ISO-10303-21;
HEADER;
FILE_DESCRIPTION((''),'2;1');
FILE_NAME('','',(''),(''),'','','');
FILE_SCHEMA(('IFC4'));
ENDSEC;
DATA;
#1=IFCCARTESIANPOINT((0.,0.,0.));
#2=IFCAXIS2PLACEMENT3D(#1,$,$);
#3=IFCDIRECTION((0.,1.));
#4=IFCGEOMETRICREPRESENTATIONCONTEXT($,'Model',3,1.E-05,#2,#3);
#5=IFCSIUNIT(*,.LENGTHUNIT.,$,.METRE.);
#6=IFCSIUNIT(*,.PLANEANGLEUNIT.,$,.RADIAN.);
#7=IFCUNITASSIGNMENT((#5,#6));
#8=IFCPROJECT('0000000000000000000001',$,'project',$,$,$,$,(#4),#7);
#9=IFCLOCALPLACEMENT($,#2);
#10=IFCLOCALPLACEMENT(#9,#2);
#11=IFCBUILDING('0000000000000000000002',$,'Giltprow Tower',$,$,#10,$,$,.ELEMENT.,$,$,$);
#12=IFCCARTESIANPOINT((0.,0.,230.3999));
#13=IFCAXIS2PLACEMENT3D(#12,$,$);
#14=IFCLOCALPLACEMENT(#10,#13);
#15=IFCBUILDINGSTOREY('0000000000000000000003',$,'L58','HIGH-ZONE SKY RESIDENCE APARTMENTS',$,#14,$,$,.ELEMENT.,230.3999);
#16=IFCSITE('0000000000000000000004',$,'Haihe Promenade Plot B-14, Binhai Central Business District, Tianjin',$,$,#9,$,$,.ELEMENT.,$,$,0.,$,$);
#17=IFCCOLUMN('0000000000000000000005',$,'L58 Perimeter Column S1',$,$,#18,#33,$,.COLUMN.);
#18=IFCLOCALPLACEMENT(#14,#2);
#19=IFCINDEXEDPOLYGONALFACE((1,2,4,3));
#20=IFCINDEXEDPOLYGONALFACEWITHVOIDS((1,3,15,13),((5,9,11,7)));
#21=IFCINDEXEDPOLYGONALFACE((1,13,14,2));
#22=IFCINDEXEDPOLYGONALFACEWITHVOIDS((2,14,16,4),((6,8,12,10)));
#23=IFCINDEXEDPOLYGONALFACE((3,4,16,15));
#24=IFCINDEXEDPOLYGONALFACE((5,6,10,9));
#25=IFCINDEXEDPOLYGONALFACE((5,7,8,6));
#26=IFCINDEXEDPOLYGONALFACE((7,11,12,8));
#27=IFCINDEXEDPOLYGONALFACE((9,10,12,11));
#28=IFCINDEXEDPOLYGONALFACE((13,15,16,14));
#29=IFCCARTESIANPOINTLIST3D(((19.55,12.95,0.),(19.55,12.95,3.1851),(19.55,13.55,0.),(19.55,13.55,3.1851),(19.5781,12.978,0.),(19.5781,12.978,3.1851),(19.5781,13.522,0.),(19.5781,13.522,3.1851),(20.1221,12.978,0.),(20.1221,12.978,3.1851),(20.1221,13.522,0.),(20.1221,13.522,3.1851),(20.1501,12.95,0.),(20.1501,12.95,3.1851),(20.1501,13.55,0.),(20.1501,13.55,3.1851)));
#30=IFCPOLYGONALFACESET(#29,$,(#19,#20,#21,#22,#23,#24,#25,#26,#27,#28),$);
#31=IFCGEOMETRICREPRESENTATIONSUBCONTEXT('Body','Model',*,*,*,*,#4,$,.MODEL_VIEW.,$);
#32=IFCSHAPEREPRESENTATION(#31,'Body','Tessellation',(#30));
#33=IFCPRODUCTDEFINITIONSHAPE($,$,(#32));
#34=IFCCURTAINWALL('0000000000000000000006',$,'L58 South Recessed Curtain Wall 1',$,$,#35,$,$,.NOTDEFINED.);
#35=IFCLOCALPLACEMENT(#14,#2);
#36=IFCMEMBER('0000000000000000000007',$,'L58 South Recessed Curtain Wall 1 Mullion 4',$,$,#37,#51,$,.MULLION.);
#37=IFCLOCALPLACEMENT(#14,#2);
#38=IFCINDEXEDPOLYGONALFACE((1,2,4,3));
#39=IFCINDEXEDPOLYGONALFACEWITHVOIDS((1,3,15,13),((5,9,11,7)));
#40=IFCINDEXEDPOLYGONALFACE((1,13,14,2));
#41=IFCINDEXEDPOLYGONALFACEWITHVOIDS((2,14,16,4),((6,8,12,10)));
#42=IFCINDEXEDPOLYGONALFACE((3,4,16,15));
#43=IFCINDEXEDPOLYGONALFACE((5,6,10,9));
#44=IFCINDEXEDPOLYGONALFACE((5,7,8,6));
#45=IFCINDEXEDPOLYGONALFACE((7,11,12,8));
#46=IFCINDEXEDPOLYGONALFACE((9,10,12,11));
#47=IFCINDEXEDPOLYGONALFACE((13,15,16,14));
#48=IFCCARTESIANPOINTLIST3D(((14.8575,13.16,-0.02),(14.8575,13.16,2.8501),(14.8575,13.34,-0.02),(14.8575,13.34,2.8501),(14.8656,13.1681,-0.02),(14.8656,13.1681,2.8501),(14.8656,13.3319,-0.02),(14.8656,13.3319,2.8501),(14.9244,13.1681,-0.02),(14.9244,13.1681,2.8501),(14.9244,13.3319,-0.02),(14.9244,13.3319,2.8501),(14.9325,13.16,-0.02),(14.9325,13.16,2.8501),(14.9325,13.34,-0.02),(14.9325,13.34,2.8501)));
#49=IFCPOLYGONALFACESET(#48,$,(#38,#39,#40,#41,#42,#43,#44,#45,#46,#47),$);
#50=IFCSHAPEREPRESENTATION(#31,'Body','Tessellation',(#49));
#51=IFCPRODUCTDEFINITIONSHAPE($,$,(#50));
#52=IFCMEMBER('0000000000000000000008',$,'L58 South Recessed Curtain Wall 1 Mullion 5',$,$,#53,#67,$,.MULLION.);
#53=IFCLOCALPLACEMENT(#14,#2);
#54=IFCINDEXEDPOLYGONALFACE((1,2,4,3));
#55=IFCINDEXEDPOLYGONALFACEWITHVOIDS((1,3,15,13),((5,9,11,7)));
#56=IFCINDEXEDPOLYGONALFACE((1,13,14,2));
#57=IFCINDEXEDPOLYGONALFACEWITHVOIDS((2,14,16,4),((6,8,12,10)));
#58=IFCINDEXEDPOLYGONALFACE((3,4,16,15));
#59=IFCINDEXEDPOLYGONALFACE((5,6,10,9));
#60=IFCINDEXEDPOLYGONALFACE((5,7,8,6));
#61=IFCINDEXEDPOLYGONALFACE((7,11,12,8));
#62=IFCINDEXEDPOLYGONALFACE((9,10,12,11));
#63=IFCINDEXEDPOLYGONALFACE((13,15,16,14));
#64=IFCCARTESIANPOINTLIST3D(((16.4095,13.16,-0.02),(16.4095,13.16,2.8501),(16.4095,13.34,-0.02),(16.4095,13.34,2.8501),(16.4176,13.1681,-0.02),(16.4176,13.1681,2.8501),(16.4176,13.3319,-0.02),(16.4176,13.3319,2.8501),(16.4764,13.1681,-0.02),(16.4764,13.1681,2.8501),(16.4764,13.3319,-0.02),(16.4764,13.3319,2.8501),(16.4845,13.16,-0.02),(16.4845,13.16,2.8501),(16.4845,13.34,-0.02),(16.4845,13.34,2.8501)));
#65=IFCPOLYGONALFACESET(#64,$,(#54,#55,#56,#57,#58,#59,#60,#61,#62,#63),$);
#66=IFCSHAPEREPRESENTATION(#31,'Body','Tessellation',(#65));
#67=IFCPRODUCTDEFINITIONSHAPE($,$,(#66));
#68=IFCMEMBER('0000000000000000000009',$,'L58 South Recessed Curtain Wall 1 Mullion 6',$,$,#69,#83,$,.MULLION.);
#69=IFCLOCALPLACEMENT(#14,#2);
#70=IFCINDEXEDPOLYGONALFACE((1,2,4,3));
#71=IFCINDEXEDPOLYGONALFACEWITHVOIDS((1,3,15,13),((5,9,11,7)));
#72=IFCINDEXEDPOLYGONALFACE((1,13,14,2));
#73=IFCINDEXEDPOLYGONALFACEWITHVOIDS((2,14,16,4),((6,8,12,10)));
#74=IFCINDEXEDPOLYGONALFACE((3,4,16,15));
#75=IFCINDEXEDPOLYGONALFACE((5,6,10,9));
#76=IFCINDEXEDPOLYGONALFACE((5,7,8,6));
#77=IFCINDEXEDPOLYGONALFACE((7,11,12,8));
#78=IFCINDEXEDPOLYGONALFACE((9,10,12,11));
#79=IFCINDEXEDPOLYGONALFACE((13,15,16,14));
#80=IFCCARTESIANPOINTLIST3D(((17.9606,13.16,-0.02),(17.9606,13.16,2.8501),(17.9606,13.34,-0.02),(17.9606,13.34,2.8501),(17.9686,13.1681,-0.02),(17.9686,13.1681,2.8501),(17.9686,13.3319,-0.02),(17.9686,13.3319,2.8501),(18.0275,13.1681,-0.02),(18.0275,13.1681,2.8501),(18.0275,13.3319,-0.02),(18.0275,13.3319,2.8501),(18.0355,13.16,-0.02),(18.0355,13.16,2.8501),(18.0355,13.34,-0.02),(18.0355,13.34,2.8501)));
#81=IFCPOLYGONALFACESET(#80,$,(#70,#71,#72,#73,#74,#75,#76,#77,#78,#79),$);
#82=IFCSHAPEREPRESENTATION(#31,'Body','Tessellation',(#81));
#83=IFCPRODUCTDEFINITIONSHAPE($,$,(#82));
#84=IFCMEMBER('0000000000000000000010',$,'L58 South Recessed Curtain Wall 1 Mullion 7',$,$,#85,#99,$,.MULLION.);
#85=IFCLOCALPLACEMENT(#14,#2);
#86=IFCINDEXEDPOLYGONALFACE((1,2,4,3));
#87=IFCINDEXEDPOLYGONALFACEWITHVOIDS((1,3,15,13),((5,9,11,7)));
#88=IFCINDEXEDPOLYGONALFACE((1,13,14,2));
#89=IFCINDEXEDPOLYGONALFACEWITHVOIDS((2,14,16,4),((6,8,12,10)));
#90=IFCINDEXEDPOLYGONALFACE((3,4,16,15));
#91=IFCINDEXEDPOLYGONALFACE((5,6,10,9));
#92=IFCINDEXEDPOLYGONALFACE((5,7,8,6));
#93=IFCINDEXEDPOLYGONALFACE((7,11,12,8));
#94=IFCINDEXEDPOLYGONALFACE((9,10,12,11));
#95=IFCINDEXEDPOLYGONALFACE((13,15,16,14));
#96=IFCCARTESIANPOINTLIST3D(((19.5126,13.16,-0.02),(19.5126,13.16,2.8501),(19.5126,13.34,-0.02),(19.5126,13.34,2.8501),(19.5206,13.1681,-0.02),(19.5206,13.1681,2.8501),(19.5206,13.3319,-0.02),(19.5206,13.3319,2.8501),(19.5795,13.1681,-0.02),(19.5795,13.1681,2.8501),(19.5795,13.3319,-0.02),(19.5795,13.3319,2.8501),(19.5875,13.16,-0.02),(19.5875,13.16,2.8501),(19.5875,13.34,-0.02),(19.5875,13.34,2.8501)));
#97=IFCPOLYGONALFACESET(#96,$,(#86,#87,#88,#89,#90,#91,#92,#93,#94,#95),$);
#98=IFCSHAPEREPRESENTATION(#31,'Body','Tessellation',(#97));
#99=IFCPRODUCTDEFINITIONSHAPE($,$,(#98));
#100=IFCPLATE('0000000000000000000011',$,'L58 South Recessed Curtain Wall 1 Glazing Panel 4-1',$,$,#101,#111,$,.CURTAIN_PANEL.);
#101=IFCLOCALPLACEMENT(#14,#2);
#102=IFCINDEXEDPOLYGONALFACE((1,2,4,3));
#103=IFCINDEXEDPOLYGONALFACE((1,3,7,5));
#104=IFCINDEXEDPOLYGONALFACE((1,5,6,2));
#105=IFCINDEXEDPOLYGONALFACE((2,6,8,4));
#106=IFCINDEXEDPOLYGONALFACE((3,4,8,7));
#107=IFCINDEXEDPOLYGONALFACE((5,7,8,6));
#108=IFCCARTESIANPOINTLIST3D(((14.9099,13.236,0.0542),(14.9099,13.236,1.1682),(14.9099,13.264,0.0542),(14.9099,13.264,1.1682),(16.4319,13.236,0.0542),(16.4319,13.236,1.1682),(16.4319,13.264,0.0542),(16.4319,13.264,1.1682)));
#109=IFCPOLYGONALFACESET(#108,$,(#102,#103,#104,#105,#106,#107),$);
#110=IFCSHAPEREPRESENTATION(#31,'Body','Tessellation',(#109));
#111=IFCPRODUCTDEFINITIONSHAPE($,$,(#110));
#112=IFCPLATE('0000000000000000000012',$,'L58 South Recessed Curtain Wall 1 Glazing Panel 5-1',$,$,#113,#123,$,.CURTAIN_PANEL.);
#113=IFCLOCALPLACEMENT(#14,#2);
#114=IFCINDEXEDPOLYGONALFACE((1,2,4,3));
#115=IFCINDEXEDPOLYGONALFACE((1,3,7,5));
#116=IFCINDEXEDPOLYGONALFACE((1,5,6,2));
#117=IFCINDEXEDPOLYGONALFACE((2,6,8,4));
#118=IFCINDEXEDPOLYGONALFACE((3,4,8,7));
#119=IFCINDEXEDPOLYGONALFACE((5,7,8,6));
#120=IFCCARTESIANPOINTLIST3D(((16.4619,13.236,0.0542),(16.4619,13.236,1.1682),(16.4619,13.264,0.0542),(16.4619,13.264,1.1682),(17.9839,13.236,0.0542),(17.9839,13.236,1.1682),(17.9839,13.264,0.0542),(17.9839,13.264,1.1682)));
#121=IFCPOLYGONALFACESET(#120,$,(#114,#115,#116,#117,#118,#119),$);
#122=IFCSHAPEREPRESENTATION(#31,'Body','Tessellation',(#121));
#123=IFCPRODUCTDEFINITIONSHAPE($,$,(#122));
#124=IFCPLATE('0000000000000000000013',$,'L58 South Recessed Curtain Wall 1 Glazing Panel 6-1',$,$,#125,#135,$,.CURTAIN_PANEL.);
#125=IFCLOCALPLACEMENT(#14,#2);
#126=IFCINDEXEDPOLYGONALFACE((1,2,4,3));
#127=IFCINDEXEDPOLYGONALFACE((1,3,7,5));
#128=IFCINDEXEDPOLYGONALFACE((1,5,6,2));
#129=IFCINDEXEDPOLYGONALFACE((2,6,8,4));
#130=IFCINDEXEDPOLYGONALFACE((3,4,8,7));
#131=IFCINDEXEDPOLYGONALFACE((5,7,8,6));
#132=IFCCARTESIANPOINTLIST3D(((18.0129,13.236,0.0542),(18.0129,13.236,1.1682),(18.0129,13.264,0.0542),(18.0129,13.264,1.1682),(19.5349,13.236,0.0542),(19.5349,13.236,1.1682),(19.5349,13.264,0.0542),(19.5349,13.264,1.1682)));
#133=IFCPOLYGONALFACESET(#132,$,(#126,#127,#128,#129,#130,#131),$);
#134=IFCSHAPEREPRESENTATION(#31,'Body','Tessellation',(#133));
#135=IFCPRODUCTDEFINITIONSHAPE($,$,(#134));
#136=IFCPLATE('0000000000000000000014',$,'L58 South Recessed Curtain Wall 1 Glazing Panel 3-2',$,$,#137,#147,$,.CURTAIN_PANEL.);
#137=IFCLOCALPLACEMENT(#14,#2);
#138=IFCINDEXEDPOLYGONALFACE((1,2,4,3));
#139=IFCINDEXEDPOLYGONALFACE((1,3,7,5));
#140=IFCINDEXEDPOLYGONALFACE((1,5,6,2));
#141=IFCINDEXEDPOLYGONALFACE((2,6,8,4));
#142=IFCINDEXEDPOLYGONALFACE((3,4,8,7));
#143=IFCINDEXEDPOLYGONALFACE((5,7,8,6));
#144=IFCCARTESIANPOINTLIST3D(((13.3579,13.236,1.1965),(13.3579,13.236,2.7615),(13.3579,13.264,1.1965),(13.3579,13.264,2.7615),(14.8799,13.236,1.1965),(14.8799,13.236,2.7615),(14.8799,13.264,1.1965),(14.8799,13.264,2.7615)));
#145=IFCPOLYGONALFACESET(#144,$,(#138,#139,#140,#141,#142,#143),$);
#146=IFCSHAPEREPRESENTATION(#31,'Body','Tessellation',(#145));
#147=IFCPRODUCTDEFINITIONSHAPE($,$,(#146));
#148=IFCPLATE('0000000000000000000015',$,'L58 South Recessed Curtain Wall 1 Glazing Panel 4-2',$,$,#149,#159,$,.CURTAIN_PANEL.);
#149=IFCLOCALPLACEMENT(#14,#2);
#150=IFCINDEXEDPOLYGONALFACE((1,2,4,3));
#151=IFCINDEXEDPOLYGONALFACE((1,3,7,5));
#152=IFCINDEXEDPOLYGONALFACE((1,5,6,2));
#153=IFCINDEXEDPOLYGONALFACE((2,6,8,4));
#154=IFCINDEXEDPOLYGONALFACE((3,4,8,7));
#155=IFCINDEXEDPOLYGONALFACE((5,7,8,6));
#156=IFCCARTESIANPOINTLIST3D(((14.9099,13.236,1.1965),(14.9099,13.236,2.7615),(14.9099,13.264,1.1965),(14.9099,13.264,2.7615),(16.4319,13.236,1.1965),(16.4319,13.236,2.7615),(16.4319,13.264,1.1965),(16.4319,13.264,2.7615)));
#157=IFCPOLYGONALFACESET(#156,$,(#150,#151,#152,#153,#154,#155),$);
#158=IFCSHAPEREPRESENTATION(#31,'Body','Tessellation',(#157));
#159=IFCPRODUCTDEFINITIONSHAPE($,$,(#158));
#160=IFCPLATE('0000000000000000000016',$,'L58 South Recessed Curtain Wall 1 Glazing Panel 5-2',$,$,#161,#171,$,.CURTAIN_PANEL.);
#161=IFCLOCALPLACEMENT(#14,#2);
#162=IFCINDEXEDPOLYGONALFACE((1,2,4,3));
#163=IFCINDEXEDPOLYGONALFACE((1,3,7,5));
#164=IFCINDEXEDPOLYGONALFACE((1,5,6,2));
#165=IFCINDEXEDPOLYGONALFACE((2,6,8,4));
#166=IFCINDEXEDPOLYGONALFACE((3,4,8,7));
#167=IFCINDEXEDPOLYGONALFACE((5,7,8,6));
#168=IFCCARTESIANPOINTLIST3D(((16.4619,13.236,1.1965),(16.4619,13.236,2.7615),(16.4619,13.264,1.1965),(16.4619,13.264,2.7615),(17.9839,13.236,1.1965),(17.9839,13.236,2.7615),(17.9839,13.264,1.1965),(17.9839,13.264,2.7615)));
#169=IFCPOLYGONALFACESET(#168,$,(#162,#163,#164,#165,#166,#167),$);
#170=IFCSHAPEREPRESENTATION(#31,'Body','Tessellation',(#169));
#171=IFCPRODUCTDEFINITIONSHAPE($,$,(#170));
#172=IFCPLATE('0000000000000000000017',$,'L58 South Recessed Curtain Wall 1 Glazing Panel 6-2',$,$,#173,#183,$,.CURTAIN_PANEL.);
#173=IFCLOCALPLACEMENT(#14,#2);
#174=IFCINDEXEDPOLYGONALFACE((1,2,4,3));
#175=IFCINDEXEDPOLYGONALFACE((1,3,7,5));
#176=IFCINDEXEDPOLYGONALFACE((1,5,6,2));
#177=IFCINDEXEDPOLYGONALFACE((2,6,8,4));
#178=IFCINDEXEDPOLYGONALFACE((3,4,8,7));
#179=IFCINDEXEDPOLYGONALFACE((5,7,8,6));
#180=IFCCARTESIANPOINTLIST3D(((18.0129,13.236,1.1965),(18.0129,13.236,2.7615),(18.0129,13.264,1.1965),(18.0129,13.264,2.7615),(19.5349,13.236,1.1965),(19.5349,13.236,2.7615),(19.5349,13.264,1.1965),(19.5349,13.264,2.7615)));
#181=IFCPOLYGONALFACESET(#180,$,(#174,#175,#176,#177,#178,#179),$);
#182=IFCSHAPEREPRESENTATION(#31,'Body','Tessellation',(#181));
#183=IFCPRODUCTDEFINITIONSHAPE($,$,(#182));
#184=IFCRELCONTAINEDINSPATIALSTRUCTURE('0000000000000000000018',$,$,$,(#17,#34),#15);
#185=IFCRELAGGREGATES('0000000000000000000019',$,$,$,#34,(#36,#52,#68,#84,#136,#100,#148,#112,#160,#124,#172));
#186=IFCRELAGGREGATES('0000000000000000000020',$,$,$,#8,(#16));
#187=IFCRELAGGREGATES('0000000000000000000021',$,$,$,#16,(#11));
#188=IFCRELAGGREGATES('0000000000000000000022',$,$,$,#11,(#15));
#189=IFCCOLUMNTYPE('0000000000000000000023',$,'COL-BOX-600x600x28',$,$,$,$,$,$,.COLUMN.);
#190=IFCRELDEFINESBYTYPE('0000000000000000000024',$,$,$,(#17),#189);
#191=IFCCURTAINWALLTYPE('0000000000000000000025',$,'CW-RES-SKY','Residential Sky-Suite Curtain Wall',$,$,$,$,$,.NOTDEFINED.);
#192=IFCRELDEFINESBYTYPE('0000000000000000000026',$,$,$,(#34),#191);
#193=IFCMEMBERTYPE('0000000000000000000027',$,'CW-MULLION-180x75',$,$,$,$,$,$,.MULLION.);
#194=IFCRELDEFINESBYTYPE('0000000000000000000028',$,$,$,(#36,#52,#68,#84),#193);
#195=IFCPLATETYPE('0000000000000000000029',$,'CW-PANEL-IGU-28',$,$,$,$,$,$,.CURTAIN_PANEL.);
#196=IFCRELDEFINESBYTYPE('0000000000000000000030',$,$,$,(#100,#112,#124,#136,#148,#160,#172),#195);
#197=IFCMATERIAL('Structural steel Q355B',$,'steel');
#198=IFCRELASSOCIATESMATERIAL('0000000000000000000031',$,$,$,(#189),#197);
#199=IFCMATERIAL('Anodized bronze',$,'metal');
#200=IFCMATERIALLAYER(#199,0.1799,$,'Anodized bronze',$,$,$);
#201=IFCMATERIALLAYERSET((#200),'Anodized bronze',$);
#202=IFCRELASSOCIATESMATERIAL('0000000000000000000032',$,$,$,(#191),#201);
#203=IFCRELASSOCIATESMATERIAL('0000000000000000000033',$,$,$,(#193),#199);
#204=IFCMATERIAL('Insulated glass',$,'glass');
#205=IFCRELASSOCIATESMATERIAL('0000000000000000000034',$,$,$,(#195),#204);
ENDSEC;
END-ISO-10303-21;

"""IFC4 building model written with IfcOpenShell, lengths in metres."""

from ifc_helpers import new_model, si_unit, direction, frame, origin, origin_2d, place, context, subcontext, project, spatial, rectangle, hollow_rectangle, extrude, source, transform, mapped, material, layer, layer_set, material_profile, profile_set, type_object, element, aggregate, save


model = new_model("IFC4")

# Units and contexts
model_context = context("Model", 3, precision=1e-05, world=origin(), true_north=direction((0.0, 1.0)))
body_context = subcontext(model_context, "Body", "Model", "MODEL_VIEW")
ifc_project = project(units=[si_unit("LENGTHUNIT", "METRE"), si_unit("PLANEANGLEUNIT", "RADIAN")], contexts=[model_context])

# Site, building, storey
site_placement = place(None, origin())
site = spatial("IfcSite", under=ifc_project, at=site_placement, Name="Haihe Promenade Plot B-14, Binhai Central Business District, Tianjin", CompositionType="ELEMENT", RefElevation=0.0)
building_placement = place(site_placement, origin())
building = spatial("IfcBuilding", under=site, at=building_placement, Name="Giltprow Tower", CompositionType="ELEMENT")
storey_placement = place(building_placement, frame((0.0, 0.0, 230.3999)))
storey = spatial("IfcBuildingStorey", under=building, at=storey_placement, Name="L58", Description="HIGH-ZONE SKY RESIDENCE APARTMENTS", CompositionType="ELEMENT", Elevation=230.3999)

# Column
ifc_material_1 = material(Name="Structural steel Q355B", Category="steel")
ifc_material_profile_1 = material_profile(ifc_material_1, hollow_rectangle(XDim=0.6001, YDim=0.6001, WallThickness=0.0281, at=origin_2d()), Name="BOX 600x600x28")
ifc_profile_set_1 = profile_set([ifc_material_profile_1], Name="Structural steel Q355B")
column_type = type_object("IfcColumnType", Name="COL-BOX-600x600x28", PredefinedType="COLUMN", material=ifc_profile_set_1)
shared_shape_1 = source(origin(), body_context, "Body", "SweptSolid", [
    extrude(hollow_rectangle(XDim=0.6001, YDim=0.6001, WallThickness=0.0281, at=origin_2d()), origin(), (0.0, 0.0, 1.0), 3.1851),
])
column_placement = place(storey_placement, frame((19.8501, 13.25, 0.0), z_axis=(0.0, 0.0, 1.0), x_axis=(1.0, 0.0, 0.0)))
element("IfcColumn", 1, at=column_placement, inside=storey, type_object=column_type, Name="L58 Perimeter Column S1", PredefinedType="COLUMN", context=body_context, shape_type="MappedRepresentation", body=[
    mapped(shared_shape_1, transform((0.0, 0.0, 0.0), x_axis=(1.0, 0.0, 0.0), y_axis=(0.0, 1.0, 0.0), z_axis=(0.0, 0.0, 1.0), scale=1.0)),
])

# Curtain wall, members, plates
ifc_material_2 = material(Name="Anodized bronze", Category="metal")
ifc_layer = layer(ifc_material_2, 0.1799, Name="Anodized bronze")
ifc_layer_set = layer_set([ifc_layer], Name="Anodized bronze")
curtain_wall_type = type_object("IfcCurtainWallType", Name="CW-RES-SKY", Description="Residential Sky-Suite Curtain Wall", PredefinedType="NOTDEFINED", material=ifc_layer_set)
curtain_wall_placement = place(storey_placement, origin())
curtain_wall = element("IfcCurtainWall", 2, at=curtain_wall_placement, inside=storey, type_object=curtain_wall_type, Name="L58 South Recessed Curtain Wall 1", PredefinedType="NOTDEFINED")
ifc_material_profile_2 = material_profile(ifc_material_2, hollow_rectangle(XDim=0.075, YDim=0.1799, WallThickness=0.0081, at=origin_2d()), Name="RHS 180x75x8")
ifc_profile_set_2 = profile_set([ifc_material_profile_2], Name="Anodized bronze")
member_type = type_object("IfcMemberType", Name="CW-MULLION-180x75", PredefinedType="MULLION", material=ifc_profile_set_2)
shared_shape_2 = source(origin(), body_context, "Body", "SweptSolid", [
    extrude(hollow_rectangle(XDim=0.075, YDim=0.1799, WallThickness=0.0081, at=origin_2d()), origin(), (0.0, 0.0, 1.0), 2.8701),
])
member_1_placement = place(storey_placement, frame((14.895, 13.25, -0.02), z_axis=(0.0, 0.0, 1.0), x_axis=(1.0, 0.0, 0.0)))
member_1 = element("IfcMember", 3, at=member_1_placement, type_object=member_type, Name="L58 South Recessed Curtain Wall 1 Mullion 4", PredefinedType="MULLION", context=body_context, shape_type="MappedRepresentation", body=[
    mapped(shared_shape_2, transform((0.0, 0.0, 0.0), x_axis=(1.0, 0.0, 0.0), y_axis=(0.0, 1.0, 0.0), z_axis=(0.0, 0.0, 1.0), scale=1.0)),
])
member_2_placement = place(storey_placement, frame((16.447, 13.25, -0.02), z_axis=(0.0, 0.0, 1.0), x_axis=(1.0, 0.0, 0.0)))
member_2 = element("IfcMember", 4, at=member_2_placement, type_object=member_type, Name="L58 South Recessed Curtain Wall 1 Mullion 5", PredefinedType="MULLION", context=body_context, shape_type="MappedRepresentation", body=[
    mapped(shared_shape_2, transform((0.0, 0.0, 0.0), x_axis=(1.0, 0.0, 0.0), y_axis=(0.0, 1.0, 0.0), z_axis=(0.0, 0.0, 1.0), scale=1.0)),
])
member_3_placement = place(storey_placement, frame((17.998, 13.25, -0.02), z_axis=(0.0, 0.0, 1.0), x_axis=(1.0, 0.0, 0.0)))
member_3 = element("IfcMember", 5, at=member_3_placement, type_object=member_type, Name="L58 South Recessed Curtain Wall 1 Mullion 6", PredefinedType="MULLION", context=body_context, shape_type="MappedRepresentation", body=[
    mapped(shared_shape_2, transform((0.0, 0.0, 0.0), x_axis=(1.0, 0.0, 0.0), y_axis=(0.0, 1.0, 0.0), z_axis=(0.0, 0.0, 1.0), scale=1.0)),
])
member_4_placement = place(storey_placement, frame((19.55, 13.25, -0.02), z_axis=(0.0, 0.0, 1.0), x_axis=(1.0, 0.0, 0.0)))
member_4 = element("IfcMember", 6, at=member_4_placement, type_object=member_type, Name="L58 South Recessed Curtain Wall 1 Mullion 7", PredefinedType="MULLION", context=body_context, shape_type="MappedRepresentation", body=[
    mapped(shared_shape_2, transform((0.0, 0.0, 0.0), x_axis=(1.0, 0.0, 0.0), y_axis=(0.0, 1.0, 0.0), z_axis=(0.0, 0.0, 1.0), scale=1.0)),
])
ifc_material_3 = material(Name="Insulated glass", Category="glass")
plate_type = type_object("IfcPlateType", Name="CW-PANEL-IGU-28", PredefinedType="CURTAIN_PANEL", material=ifc_material_3)
shared_shape_3 = source(origin(), body_context, "Body", "SweptSolid", [
    extrude(rectangle(XDim=1.522, YDim=0.0281, at=origin_2d()), origin(), (0.0, 0.0, 1.0), 1.114),
])
plate_1_placement = place(storey_placement, frame((15.6709, 13.25, 0.0542), z_axis=(0.0, 0.0, 1.0), x_axis=(1.0, 0.0, 0.0)))
plate_1 = element("IfcPlate", 7, at=plate_1_placement, type_object=plate_type, Name="L58 South Recessed Curtain Wall 1 Glazing Panel 4-1", PredefinedType="CURTAIN_PANEL", context=body_context, shape_type="MappedRepresentation", body=[
    mapped(shared_shape_3, transform((0.0, 0.0, 0.0), x_axis=(1.0, 0.0, 0.0), y_axis=(0.0, 1.0, 0.0), z_axis=(0.0, 0.0, 1.0), scale=1.0)),
])
plate_2_placement = place(storey_placement, frame((17.2229, 13.25, 0.0542), z_axis=(0.0, 0.0, 1.0), x_axis=(1.0, 0.0, 0.0)))
plate_2 = element("IfcPlate", 8, at=plate_2_placement, type_object=plate_type, Name="L58 South Recessed Curtain Wall 1 Glazing Panel 5-1", PredefinedType="CURTAIN_PANEL", context=body_context, shape_type="MappedRepresentation", body=[
    mapped(shared_shape_3, transform((0.0, 0.0, 0.0), x_axis=(1.0, 0.0, 0.0), y_axis=(0.0, 1.0, 0.0), z_axis=(0.0, 0.0, 1.0), scale=1.0)),
])
plate_3_placement = place(storey_placement, frame((18.7739, 13.25, 0.0542), z_axis=(0.0, 0.0, 1.0), x_axis=(1.0, 0.0, 0.0)))
plate_3 = element("IfcPlate", 9, at=plate_3_placement, type_object=plate_type, Name="L58 South Recessed Curtain Wall 1 Glazing Panel 6-1", PredefinedType="CURTAIN_PANEL", context=body_context, shape_type="MappedRepresentation", body=[
    mapped(shared_shape_3, transform((0.0, 0.0, 0.0), x_axis=(1.0, 0.0, 0.0), y_axis=(0.0, 1.0, 0.0), z_axis=(0.0, 0.0, 1.0), scale=1.0)),
])
shared_shape_4 = source(origin(), body_context, "Body", "SweptSolid", [
    extrude(rectangle(XDim=1.522, YDim=0.0281, at=origin_2d()), origin(), (0.0, 0.0, 1.0), 1.5649),
])
plate_4_placement = place(storey_placement, frame((14.1189, 13.25, 1.1965), z_axis=(0.0, 0.0, 1.0), x_axis=(1.0, 0.0, 0.0)))
plate_4 = element("IfcPlate", 10, at=plate_4_placement, type_object=plate_type, Name="L58 South Recessed Curtain Wall 1 Glazing Panel 3-2", PredefinedType="CURTAIN_PANEL", context=body_context, shape_type="MappedRepresentation", body=[
    mapped(shared_shape_4, transform((0.0, 0.0, 0.0), x_axis=(1.0, 0.0, 0.0), y_axis=(0.0, 1.0, 0.0), z_axis=(0.0, 0.0, 1.0), scale=1.0)),
])
plate_5_placement = place(storey_placement, frame((15.6709, 13.25, 1.1965), z_axis=(0.0, 0.0, 1.0), x_axis=(1.0, 0.0, 0.0)))
plate_5 = element("IfcPlate", 11, at=plate_5_placement, type_object=plate_type, Name="L58 South Recessed Curtain Wall 1 Glazing Panel 4-2", PredefinedType="CURTAIN_PANEL", context=body_context, shape_type="MappedRepresentation", body=[
    mapped(shared_shape_4, transform((0.0, 0.0, 0.0), x_axis=(1.0, 0.0, 0.0), y_axis=(0.0, 1.0, 0.0), z_axis=(0.0, 0.0, 1.0), scale=1.0)),
])
plate_6_placement = place(storey_placement, frame((17.2229, 13.25, 1.1965), z_axis=(0.0, 0.0, 1.0), x_axis=(1.0, 0.0, 0.0)))
plate_6 = element("IfcPlate", 12, at=plate_6_placement, type_object=plate_type, Name="L58 South Recessed Curtain Wall 1 Glazing Panel 5-2", PredefinedType="CURTAIN_PANEL", context=body_context, shape_type="MappedRepresentation", body=[
    mapped(shared_shape_4, transform((0.0, 0.0, 0.0), x_axis=(1.0, 0.0, 0.0), y_axis=(0.0, 1.0, 0.0), z_axis=(0.0, 0.0, 1.0), scale=1.0)),
])
plate_7_placement = place(storey_placement, frame((18.7739, 13.25, 1.1965), z_axis=(0.0, 0.0, 1.0), x_axis=(1.0, 0.0, 0.0)))
plate_7 = element("IfcPlate", 13, at=plate_7_placement, type_object=plate_type, Name="L58 South Recessed Curtain Wall 1 Glazing Panel 6-2", PredefinedType="CURTAIN_PANEL", context=body_context, shape_type="MappedRepresentation", body=[
    mapped(shared_shape_4, transform((0.0, 0.0, 0.0), x_axis=(1.0, 0.0, 0.0), y_axis=(0.0, 1.0, 0.0), z_axis=(0.0, 0.0, 1.0), scale=1.0)),
])
aggregate(curtain_wall, [member_1, member_2, member_3, member_4, plate_4, plate_1, plate_5, plate_2, plate_6, plate_3, plate_7])

save(model, "model.ifc")
